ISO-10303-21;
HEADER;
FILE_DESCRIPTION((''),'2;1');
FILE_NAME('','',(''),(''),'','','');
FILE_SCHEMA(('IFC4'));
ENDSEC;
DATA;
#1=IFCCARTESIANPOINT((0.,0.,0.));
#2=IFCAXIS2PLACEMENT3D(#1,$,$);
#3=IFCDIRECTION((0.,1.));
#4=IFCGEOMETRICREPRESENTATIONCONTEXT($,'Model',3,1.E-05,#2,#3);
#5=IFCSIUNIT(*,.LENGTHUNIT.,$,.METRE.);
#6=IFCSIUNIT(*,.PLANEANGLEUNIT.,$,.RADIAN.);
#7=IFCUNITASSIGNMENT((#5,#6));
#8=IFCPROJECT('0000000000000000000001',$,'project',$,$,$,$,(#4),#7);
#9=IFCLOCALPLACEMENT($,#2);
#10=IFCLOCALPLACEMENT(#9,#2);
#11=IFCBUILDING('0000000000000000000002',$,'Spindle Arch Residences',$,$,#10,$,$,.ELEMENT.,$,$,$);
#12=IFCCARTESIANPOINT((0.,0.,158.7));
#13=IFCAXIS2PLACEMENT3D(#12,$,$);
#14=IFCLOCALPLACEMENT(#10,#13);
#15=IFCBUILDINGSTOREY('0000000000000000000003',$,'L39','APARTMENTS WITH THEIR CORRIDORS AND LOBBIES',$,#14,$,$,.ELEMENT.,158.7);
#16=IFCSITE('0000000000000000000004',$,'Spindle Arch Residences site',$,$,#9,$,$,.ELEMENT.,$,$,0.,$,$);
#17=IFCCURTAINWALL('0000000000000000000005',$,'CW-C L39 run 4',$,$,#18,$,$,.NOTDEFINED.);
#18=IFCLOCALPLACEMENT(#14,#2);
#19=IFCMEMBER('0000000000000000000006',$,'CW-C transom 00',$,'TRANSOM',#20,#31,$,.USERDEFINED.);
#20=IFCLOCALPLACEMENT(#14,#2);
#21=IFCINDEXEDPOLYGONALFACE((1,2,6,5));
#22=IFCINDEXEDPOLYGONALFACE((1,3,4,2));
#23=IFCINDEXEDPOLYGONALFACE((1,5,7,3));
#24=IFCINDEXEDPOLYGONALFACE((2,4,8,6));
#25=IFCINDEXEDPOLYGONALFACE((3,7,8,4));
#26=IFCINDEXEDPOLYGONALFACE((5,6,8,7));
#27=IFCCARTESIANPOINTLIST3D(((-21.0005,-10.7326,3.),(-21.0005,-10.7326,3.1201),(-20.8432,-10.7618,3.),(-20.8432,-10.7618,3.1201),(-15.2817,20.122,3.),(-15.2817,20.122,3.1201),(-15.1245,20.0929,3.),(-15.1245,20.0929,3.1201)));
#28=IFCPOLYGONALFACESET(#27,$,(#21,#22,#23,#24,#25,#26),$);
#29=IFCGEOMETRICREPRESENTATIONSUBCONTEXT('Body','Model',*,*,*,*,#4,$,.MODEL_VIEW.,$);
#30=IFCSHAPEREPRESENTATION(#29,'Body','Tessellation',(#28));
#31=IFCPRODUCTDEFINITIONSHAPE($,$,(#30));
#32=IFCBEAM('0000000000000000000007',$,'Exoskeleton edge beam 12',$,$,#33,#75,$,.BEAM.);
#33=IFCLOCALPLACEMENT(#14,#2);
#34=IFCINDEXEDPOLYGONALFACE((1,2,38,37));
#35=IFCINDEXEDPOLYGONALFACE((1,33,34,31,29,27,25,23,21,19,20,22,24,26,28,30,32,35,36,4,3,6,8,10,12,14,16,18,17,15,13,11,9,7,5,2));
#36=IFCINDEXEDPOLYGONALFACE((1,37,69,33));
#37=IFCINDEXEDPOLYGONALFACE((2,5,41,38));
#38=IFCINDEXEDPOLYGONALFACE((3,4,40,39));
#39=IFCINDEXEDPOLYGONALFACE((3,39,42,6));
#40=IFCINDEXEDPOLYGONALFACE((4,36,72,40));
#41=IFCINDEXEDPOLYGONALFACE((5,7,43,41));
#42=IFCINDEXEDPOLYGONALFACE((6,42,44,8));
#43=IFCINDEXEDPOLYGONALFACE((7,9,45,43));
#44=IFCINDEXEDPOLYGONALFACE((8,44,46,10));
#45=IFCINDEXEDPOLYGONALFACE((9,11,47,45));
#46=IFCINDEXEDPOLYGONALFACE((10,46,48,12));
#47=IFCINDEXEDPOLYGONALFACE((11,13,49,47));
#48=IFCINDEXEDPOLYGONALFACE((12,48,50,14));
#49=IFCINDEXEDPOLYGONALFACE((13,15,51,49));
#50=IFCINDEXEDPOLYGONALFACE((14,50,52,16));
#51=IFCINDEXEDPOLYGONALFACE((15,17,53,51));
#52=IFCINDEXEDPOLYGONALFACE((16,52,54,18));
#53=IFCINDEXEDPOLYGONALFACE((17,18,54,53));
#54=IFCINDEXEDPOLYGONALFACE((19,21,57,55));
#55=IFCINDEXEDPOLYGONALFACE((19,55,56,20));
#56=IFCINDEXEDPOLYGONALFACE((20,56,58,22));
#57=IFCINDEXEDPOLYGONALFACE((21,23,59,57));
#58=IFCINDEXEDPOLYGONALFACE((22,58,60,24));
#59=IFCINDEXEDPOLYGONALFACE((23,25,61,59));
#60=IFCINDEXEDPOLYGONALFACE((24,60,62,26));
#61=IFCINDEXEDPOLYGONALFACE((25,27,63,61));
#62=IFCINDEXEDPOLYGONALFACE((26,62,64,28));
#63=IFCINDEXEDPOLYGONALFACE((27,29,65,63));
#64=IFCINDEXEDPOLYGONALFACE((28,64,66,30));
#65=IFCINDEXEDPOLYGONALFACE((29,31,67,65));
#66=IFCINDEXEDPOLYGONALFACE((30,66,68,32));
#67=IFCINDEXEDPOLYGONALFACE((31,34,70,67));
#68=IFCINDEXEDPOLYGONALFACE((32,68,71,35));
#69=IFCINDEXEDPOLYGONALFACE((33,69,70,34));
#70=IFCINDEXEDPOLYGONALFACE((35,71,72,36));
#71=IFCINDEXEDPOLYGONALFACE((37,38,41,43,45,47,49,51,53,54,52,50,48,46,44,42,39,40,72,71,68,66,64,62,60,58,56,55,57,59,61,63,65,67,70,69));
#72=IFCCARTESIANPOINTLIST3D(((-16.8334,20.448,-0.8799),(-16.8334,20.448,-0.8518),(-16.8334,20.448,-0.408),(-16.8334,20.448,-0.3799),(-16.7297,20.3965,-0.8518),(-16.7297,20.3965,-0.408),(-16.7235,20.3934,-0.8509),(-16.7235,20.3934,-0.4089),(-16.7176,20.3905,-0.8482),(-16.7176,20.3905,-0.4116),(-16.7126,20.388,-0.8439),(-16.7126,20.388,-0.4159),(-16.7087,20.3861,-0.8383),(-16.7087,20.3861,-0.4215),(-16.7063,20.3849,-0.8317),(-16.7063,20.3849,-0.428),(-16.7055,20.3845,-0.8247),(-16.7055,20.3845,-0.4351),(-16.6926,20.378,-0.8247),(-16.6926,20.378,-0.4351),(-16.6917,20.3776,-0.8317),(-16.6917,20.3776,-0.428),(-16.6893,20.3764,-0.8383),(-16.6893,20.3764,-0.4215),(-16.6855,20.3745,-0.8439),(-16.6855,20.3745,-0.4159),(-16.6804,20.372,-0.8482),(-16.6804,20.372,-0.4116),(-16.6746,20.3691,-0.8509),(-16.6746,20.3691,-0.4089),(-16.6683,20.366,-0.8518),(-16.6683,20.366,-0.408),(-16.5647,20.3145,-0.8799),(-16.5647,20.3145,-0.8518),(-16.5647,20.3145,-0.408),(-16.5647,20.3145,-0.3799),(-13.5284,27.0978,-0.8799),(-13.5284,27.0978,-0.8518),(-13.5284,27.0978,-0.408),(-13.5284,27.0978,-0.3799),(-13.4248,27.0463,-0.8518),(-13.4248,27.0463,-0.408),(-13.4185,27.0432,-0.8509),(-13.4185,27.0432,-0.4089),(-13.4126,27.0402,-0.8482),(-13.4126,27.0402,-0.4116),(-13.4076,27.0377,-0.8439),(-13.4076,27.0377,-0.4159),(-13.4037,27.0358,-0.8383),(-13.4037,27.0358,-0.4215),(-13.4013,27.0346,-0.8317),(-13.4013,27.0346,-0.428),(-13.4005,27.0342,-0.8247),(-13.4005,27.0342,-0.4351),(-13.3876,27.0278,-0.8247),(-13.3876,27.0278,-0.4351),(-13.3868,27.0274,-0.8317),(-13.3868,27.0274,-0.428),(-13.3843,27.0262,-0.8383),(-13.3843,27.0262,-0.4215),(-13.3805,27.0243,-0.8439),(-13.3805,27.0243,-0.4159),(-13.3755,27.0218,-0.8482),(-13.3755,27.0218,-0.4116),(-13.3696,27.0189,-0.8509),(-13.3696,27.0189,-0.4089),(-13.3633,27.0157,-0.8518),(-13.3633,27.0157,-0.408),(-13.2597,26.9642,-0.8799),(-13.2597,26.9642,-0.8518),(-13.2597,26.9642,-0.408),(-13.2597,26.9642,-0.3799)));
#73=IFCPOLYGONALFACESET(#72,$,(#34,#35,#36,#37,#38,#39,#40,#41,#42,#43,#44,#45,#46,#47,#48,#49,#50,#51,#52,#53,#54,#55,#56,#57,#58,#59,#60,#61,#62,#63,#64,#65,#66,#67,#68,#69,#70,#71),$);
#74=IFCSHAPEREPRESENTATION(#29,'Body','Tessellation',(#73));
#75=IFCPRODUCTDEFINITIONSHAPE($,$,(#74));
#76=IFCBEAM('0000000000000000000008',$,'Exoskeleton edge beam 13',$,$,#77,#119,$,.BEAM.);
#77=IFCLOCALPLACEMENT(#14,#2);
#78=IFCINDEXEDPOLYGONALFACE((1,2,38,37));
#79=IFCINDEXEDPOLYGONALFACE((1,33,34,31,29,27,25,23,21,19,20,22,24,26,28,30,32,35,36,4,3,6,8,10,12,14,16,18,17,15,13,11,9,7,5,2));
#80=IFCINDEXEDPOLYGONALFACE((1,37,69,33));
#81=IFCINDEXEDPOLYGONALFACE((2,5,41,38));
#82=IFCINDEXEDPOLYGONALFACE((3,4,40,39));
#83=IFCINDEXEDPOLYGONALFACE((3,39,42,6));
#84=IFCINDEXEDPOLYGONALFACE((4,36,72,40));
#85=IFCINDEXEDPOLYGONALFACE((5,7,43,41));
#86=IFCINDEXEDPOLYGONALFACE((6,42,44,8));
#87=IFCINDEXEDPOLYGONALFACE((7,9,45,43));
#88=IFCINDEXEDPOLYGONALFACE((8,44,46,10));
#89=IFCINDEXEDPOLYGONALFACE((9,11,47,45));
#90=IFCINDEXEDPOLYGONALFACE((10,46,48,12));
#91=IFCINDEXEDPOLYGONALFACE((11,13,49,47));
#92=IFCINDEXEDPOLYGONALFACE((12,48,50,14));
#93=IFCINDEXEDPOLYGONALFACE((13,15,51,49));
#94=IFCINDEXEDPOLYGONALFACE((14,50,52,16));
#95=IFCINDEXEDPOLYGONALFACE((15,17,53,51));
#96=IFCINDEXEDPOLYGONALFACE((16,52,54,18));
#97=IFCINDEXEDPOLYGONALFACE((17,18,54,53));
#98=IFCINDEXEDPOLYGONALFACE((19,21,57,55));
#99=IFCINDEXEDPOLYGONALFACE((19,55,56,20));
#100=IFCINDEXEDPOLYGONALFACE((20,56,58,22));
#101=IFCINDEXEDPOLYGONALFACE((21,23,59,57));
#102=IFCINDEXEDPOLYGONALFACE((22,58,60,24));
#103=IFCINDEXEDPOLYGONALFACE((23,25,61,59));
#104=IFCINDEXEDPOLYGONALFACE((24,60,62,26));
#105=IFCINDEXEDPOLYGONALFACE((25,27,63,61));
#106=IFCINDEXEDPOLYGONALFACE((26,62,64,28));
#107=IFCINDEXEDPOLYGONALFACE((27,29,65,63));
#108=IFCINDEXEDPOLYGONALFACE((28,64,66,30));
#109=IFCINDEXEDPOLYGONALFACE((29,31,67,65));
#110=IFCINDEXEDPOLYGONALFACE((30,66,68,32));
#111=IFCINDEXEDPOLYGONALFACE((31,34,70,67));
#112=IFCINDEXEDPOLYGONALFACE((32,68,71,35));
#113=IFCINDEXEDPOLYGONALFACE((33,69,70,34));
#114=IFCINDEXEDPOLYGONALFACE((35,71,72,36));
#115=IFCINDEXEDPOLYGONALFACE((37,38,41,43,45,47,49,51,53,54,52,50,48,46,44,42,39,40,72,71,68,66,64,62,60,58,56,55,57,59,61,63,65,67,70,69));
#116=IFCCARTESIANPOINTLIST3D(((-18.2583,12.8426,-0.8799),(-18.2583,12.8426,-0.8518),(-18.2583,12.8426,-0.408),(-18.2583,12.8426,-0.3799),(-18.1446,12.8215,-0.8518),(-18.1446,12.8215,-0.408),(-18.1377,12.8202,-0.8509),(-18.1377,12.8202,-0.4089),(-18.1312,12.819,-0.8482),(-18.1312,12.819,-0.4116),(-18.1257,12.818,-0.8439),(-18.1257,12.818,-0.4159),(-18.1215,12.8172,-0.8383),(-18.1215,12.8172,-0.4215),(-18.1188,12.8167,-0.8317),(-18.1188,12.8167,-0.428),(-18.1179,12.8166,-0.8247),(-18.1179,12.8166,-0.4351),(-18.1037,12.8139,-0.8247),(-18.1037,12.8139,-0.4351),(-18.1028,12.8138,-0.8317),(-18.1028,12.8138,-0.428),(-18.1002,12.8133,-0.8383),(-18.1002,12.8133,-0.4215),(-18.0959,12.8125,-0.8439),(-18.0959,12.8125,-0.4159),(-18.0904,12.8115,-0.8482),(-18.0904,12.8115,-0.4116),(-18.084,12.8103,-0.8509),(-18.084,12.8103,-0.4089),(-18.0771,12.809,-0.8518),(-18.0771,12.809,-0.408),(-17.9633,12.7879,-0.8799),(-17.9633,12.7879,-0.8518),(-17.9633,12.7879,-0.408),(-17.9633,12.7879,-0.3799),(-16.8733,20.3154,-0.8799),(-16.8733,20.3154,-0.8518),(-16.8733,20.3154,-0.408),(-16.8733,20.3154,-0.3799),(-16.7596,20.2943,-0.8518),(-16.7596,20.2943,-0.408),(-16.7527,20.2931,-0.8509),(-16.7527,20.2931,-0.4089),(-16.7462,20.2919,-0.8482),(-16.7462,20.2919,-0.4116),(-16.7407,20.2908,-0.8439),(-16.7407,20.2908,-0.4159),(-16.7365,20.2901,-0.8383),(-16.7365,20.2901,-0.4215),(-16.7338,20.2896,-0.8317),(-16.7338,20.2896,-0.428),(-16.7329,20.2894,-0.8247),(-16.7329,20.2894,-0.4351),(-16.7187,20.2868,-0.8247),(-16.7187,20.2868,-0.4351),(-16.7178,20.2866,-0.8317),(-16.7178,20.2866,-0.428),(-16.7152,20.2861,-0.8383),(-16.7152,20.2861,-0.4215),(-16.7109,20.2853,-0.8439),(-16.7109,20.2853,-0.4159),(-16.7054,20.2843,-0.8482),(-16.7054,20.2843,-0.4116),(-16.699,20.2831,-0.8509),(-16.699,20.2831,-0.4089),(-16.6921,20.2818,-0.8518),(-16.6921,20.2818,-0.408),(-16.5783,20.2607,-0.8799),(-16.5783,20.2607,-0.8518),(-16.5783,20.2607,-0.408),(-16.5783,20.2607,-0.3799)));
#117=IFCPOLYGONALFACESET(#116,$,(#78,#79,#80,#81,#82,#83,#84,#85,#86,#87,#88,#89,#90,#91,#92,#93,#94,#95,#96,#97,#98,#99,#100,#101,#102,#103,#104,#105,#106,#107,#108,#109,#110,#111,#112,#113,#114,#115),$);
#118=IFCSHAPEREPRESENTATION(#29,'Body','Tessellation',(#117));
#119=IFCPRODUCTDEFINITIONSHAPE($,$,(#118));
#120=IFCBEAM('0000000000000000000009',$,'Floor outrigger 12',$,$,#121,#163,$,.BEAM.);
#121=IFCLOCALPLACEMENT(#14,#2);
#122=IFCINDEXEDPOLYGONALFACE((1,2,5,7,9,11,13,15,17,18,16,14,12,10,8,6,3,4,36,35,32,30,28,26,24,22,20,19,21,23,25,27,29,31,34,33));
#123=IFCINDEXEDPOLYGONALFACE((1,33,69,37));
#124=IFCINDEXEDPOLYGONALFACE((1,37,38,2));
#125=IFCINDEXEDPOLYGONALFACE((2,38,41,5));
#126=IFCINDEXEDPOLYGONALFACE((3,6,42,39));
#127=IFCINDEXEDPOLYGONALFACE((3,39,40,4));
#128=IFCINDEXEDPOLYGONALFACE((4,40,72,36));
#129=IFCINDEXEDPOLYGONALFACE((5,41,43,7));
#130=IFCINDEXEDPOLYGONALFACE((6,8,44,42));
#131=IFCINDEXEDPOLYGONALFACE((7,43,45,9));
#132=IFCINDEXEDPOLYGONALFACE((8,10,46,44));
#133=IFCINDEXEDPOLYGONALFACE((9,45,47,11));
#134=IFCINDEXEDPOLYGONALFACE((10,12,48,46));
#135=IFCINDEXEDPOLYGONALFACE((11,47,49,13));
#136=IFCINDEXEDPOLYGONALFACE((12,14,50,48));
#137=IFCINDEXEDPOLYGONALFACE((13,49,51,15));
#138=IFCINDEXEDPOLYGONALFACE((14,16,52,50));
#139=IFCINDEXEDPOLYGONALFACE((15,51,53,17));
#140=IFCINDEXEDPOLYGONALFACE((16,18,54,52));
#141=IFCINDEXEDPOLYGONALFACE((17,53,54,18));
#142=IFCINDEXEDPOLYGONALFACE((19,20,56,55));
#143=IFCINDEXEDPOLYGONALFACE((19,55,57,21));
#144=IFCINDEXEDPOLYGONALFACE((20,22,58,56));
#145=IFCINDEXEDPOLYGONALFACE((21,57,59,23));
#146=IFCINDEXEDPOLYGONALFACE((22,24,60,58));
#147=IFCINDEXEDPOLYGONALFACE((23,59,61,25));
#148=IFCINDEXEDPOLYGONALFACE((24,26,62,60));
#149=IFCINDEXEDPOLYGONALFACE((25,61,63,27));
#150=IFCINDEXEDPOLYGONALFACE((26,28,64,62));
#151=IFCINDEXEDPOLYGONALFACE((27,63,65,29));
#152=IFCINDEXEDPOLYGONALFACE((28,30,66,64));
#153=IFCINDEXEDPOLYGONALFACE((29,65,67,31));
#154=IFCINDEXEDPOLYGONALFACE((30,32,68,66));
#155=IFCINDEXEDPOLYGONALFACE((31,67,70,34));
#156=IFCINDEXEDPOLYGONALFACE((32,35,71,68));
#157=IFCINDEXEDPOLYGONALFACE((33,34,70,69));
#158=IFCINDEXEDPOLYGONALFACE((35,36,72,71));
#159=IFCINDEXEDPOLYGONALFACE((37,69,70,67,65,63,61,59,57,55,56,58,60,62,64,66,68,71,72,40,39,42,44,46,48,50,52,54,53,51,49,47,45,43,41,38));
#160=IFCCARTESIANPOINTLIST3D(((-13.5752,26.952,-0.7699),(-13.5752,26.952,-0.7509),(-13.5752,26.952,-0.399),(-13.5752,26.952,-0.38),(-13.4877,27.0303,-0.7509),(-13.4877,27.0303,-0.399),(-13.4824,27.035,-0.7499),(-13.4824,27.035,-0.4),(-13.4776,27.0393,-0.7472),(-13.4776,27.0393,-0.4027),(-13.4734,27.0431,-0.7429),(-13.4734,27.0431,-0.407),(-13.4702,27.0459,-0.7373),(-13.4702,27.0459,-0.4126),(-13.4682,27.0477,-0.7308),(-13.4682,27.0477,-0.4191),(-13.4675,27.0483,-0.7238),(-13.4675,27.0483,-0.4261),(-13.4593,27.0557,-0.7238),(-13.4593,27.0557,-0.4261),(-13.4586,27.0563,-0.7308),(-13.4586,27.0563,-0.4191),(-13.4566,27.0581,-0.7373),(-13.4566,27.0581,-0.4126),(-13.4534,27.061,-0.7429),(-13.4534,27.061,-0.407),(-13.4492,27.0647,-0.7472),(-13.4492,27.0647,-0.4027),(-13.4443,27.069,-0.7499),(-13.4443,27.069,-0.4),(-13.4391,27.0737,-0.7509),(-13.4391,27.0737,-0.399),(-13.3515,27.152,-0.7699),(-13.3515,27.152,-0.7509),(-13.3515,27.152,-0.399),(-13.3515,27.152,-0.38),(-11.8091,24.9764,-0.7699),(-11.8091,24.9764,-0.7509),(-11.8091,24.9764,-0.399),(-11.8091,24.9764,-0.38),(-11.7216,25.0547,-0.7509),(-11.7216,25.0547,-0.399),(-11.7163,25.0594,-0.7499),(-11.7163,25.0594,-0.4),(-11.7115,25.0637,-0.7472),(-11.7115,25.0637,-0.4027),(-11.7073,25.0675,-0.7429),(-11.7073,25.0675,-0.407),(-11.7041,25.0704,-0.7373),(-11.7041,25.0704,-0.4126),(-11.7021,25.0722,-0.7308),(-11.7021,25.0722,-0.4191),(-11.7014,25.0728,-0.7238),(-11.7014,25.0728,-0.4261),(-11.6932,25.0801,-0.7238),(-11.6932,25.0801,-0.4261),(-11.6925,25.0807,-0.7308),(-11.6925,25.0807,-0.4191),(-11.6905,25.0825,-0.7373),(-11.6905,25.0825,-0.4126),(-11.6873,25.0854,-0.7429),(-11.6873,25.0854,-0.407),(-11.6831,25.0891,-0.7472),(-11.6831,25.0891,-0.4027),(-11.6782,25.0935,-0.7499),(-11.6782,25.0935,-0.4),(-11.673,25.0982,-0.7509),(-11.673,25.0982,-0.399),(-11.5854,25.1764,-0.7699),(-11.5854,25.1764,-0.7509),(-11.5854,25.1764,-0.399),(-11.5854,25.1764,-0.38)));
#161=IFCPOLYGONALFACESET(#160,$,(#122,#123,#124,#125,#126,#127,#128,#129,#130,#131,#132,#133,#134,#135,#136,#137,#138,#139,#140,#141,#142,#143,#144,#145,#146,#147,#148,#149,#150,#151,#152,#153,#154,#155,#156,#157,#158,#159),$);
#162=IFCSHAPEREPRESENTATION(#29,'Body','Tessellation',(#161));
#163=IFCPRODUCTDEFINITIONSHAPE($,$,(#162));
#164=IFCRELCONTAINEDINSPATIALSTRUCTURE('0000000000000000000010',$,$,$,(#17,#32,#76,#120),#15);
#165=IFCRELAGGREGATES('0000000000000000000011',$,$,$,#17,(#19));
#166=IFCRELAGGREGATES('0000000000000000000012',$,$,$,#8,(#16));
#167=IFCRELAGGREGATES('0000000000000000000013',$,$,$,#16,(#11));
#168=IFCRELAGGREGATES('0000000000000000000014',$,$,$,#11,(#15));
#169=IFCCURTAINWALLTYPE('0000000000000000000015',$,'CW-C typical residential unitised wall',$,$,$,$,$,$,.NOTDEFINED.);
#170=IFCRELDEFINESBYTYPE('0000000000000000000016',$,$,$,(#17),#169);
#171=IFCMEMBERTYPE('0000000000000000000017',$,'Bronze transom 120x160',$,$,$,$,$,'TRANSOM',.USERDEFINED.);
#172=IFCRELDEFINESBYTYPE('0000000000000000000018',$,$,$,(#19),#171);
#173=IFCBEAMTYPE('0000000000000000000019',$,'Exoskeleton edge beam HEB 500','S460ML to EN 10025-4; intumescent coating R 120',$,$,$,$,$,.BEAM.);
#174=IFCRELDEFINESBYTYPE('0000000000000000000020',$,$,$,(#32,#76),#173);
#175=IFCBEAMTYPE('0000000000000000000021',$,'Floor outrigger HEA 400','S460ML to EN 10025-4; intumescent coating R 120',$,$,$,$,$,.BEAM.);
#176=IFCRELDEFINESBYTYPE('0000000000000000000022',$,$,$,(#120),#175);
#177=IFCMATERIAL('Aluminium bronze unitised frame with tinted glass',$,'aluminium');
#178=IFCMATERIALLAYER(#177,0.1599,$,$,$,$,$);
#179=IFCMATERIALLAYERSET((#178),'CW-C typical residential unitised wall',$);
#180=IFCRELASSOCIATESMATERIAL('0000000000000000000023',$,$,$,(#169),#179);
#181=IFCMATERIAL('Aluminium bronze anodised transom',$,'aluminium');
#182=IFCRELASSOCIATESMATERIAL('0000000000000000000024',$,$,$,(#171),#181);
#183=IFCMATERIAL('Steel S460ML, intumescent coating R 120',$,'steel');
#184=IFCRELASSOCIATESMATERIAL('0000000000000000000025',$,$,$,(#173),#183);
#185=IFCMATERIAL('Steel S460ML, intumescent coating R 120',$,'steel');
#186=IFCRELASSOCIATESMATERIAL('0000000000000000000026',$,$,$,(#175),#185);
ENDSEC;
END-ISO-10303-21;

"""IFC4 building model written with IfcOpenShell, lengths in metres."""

from ifc_helpers import new_model, si_unit, direction, frame, origin, origin_2d, place, context, subcontext, project, spatial, rectangle, i_section, extrude, material, layer, layer_set, material_profile, profile_set, type_object, element, aggregate, save


model = new_model("IFC4")

# Units and contexts
model_context = context("Model", 3, precision=1e-05, world=origin(), true_north=direction((0.0, 1.0)))
body_context = subcontext(model_context, "Body", "Model", "MODEL_VIEW")
ifc_project = project(units=[si_unit("LENGTHUNIT", "METRE"), si_unit("PLANEANGLEUNIT", "RADIAN")], contexts=[model_context])

# Site, building, storey
site_placement = place(None, origin())
site = spatial("IfcSite", under=ifc_project, at=site_placement, Name="Spindle Arch Residences site", CompositionType="ELEMENT", RefElevation=0.0)
building_placement = place(site_placement, origin())
building = spatial("IfcBuilding", under=site, at=building_placement, Name="Spindle Arch Residences", CompositionType="ELEMENT")
storey_placement = place(building_placement, frame((0.0, 0.0, 158.7)))
storey = spatial("IfcBuildingStorey", under=building, at=storey_placement, Name="L39", Description="APARTMENTS WITH THEIR CORRIDORS AND LOBBIES", CompositionType="ELEMENT", Elevation=158.7)

# Curtain wall
ifc_material_1 = material(Name="Aluminium bronze unitised frame with tinted glass", Category="aluminium")
ifc_layer_1 = layer(ifc_material_1, 0.1599)
ifc_layer_set_1 = layer_set([ifc_layer_1], Name="CW-C typical residential unitised wall")
curtain_wall_type_1 = type_object("IfcCurtainWallType", Name="CW-C typical residential unitised wall", PredefinedType="NOTDEFINED", material=ifc_layer_set_1)
curtain_wall_1_placement = place(storey_placement, origin())
curtain_wall_1 = element("IfcCurtainWall", 1, at=curtain_wall_1_placement, inside=storey, type_object=curtain_wall_type_1, Name="CW-C L39 run 4", PredefinedType="NOTDEFINED")

# Member
ifc_material_2 = material(Name="Aluminium bronze anodised transom", Category="aluminium")
ifc_material_profile_1 = material_profile(ifc_material_2, rectangle(XDim=0.1599, YDim=0.1201, at=origin_2d()), Name="TR 120x160")
ifc_profile_set_1 = profile_set([ifc_material_profile_1], Name="Aluminium bronze anodised transom")
member_type_1 = type_object("IfcMemberType", Name="Bronze transom 120x160", ElementType="TRANSOM", PredefinedType="USERDEFINED", material=ifc_profile_set_1)
member_1_placement = place(storey_placement, frame((-15.2031, 20.1074, 3.0601), z_axis=(-0.182241, -0.983254, 0.0), x_axis=(0.983254, -0.182241, 0.0)))
member_1 = element("IfcMember", 2, at=member_1_placement, type_object=member_type_1, Name="CW-C transom 00", ObjectType="TRANSOM", PredefinedType="USERDEFINED", context=body_context, shape_type="SweptSolid", body=[
    extrude(rectangle(XDim=0.1599, YDim=0.1201, at=origin_2d()), origin(), (0.0, 0.0, 1.0), 31.3801),
])

# Beams
ifc_material_3 = material(Name="Steel S460ML, intumescent coating R 120", Category="steel")
ifc_material_profile_2 = material_profile(ifc_material_3, i_section(OverallWidth=0.3, OverallDepth=0.5, WebThickness=0.0144, FlangeThickness=0.0281, FilletRadius=0.0271, at=origin_2d()), Name="HEB 500")
ifc_profile_set_2 = profile_set([ifc_material_profile_2], Name="Steel S460ML, intumescent coating R 120")
beam_type_1 = type_object("IfcBeamType", Name="Exoskeleton edge beam HEB 500", Description="S460ML to EN 10025-4; intumescent coating R 120", PredefinedType="BEAM", material=ifc_profile_set_2)
beam_1_placement = place(storey_placement, frame((-13.394, 27.031, -0.6299), z_axis=(-0.445069, -0.895496, 0.0), x_axis=(0.895496, -0.445069, 0.0)))
element("IfcBeam", 3, at=beam_1_placement, inside=storey, type_object=beam_type_1, Name="Exoskeleton edge beam 12", PredefinedType="BEAM", context=body_context, shape_type="SweptSolid", body=[
    extrude(i_section(OverallWidth=0.3, OverallDepth=0.5, WebThickness=0.0144, FlangeThickness=0.0281, FilletRadius=0.0271, at=origin_2d()), origin(), (0.0, 0.0, 1.0), 7.4258),
])
beam_2_placement = place(storey_placement, frame((-16.7258, 20.2881, -0.6299), z_axis=(-0.182234, -0.983255, 0.0), x_axis=(0.983255, -0.182234, 0.0)))
element("IfcBeam", 4, at=beam_2_placement, inside=storey, type_object=beam_type_1, Name="Exoskeleton edge beam 13", PredefinedType="BEAM", context=body_context, shape_type="SweptSolid", body=[
    extrude(i_section(OverallWidth=0.3, OverallDepth=0.5, WebThickness=0.0144, FlangeThickness=0.0281, FilletRadius=0.0271, at=origin_2d()), origin(), (0.0, 0.0, 1.0), 7.6001),
])
ifc_material_4 = material(Name="Steel S460ML, intumescent coating R 120", Category="steel")
ifc_material_profile_3 = material_profile(ifc_material_4, i_section(OverallWidth=0.3, OverallDepth=0.3899, WebThickness=0.011, FlangeThickness=0.019, FilletRadius=0.0271, at=origin_2d()), Name="HEA 400")
ifc_profile_set_3 = profile_set([ifc_material_profile_3], Name="Steel S460ML, intumescent coating R 120")
beam_type_2 = type_object("IfcBeamType", Name="Floor outrigger HEA 400", Description="S460ML to EN 10025-4; intumescent coating R 120", PredefinedType="BEAM", material=ifc_profile_set_3)
beam_3_placement = place(storey_placement, frame((-13.4634, 27.052, -0.575), z_axis=(0.666477, -0.745526, 0.0), x_axis=(0.745526, 0.666477, 0.0)))
element("IfcBeam", 5, at=beam_3_placement, inside=storey, type_object=beam_type_2, Name="Floor outrigger 12", PredefinedType="BEAM", context=body_context, shape_type="SweptSolid", body=[
    extrude(i_section(OverallWidth=0.3, OverallDepth=0.3899, WebThickness=0.011, FlangeThickness=0.019, FilletRadius=0.0271, at=origin_2d()), origin(), (0.0, 0.0, 1.0), 2.6499),
])

aggregate(curtain_wall_1, [member_1])

save(model, "model.ifc")
